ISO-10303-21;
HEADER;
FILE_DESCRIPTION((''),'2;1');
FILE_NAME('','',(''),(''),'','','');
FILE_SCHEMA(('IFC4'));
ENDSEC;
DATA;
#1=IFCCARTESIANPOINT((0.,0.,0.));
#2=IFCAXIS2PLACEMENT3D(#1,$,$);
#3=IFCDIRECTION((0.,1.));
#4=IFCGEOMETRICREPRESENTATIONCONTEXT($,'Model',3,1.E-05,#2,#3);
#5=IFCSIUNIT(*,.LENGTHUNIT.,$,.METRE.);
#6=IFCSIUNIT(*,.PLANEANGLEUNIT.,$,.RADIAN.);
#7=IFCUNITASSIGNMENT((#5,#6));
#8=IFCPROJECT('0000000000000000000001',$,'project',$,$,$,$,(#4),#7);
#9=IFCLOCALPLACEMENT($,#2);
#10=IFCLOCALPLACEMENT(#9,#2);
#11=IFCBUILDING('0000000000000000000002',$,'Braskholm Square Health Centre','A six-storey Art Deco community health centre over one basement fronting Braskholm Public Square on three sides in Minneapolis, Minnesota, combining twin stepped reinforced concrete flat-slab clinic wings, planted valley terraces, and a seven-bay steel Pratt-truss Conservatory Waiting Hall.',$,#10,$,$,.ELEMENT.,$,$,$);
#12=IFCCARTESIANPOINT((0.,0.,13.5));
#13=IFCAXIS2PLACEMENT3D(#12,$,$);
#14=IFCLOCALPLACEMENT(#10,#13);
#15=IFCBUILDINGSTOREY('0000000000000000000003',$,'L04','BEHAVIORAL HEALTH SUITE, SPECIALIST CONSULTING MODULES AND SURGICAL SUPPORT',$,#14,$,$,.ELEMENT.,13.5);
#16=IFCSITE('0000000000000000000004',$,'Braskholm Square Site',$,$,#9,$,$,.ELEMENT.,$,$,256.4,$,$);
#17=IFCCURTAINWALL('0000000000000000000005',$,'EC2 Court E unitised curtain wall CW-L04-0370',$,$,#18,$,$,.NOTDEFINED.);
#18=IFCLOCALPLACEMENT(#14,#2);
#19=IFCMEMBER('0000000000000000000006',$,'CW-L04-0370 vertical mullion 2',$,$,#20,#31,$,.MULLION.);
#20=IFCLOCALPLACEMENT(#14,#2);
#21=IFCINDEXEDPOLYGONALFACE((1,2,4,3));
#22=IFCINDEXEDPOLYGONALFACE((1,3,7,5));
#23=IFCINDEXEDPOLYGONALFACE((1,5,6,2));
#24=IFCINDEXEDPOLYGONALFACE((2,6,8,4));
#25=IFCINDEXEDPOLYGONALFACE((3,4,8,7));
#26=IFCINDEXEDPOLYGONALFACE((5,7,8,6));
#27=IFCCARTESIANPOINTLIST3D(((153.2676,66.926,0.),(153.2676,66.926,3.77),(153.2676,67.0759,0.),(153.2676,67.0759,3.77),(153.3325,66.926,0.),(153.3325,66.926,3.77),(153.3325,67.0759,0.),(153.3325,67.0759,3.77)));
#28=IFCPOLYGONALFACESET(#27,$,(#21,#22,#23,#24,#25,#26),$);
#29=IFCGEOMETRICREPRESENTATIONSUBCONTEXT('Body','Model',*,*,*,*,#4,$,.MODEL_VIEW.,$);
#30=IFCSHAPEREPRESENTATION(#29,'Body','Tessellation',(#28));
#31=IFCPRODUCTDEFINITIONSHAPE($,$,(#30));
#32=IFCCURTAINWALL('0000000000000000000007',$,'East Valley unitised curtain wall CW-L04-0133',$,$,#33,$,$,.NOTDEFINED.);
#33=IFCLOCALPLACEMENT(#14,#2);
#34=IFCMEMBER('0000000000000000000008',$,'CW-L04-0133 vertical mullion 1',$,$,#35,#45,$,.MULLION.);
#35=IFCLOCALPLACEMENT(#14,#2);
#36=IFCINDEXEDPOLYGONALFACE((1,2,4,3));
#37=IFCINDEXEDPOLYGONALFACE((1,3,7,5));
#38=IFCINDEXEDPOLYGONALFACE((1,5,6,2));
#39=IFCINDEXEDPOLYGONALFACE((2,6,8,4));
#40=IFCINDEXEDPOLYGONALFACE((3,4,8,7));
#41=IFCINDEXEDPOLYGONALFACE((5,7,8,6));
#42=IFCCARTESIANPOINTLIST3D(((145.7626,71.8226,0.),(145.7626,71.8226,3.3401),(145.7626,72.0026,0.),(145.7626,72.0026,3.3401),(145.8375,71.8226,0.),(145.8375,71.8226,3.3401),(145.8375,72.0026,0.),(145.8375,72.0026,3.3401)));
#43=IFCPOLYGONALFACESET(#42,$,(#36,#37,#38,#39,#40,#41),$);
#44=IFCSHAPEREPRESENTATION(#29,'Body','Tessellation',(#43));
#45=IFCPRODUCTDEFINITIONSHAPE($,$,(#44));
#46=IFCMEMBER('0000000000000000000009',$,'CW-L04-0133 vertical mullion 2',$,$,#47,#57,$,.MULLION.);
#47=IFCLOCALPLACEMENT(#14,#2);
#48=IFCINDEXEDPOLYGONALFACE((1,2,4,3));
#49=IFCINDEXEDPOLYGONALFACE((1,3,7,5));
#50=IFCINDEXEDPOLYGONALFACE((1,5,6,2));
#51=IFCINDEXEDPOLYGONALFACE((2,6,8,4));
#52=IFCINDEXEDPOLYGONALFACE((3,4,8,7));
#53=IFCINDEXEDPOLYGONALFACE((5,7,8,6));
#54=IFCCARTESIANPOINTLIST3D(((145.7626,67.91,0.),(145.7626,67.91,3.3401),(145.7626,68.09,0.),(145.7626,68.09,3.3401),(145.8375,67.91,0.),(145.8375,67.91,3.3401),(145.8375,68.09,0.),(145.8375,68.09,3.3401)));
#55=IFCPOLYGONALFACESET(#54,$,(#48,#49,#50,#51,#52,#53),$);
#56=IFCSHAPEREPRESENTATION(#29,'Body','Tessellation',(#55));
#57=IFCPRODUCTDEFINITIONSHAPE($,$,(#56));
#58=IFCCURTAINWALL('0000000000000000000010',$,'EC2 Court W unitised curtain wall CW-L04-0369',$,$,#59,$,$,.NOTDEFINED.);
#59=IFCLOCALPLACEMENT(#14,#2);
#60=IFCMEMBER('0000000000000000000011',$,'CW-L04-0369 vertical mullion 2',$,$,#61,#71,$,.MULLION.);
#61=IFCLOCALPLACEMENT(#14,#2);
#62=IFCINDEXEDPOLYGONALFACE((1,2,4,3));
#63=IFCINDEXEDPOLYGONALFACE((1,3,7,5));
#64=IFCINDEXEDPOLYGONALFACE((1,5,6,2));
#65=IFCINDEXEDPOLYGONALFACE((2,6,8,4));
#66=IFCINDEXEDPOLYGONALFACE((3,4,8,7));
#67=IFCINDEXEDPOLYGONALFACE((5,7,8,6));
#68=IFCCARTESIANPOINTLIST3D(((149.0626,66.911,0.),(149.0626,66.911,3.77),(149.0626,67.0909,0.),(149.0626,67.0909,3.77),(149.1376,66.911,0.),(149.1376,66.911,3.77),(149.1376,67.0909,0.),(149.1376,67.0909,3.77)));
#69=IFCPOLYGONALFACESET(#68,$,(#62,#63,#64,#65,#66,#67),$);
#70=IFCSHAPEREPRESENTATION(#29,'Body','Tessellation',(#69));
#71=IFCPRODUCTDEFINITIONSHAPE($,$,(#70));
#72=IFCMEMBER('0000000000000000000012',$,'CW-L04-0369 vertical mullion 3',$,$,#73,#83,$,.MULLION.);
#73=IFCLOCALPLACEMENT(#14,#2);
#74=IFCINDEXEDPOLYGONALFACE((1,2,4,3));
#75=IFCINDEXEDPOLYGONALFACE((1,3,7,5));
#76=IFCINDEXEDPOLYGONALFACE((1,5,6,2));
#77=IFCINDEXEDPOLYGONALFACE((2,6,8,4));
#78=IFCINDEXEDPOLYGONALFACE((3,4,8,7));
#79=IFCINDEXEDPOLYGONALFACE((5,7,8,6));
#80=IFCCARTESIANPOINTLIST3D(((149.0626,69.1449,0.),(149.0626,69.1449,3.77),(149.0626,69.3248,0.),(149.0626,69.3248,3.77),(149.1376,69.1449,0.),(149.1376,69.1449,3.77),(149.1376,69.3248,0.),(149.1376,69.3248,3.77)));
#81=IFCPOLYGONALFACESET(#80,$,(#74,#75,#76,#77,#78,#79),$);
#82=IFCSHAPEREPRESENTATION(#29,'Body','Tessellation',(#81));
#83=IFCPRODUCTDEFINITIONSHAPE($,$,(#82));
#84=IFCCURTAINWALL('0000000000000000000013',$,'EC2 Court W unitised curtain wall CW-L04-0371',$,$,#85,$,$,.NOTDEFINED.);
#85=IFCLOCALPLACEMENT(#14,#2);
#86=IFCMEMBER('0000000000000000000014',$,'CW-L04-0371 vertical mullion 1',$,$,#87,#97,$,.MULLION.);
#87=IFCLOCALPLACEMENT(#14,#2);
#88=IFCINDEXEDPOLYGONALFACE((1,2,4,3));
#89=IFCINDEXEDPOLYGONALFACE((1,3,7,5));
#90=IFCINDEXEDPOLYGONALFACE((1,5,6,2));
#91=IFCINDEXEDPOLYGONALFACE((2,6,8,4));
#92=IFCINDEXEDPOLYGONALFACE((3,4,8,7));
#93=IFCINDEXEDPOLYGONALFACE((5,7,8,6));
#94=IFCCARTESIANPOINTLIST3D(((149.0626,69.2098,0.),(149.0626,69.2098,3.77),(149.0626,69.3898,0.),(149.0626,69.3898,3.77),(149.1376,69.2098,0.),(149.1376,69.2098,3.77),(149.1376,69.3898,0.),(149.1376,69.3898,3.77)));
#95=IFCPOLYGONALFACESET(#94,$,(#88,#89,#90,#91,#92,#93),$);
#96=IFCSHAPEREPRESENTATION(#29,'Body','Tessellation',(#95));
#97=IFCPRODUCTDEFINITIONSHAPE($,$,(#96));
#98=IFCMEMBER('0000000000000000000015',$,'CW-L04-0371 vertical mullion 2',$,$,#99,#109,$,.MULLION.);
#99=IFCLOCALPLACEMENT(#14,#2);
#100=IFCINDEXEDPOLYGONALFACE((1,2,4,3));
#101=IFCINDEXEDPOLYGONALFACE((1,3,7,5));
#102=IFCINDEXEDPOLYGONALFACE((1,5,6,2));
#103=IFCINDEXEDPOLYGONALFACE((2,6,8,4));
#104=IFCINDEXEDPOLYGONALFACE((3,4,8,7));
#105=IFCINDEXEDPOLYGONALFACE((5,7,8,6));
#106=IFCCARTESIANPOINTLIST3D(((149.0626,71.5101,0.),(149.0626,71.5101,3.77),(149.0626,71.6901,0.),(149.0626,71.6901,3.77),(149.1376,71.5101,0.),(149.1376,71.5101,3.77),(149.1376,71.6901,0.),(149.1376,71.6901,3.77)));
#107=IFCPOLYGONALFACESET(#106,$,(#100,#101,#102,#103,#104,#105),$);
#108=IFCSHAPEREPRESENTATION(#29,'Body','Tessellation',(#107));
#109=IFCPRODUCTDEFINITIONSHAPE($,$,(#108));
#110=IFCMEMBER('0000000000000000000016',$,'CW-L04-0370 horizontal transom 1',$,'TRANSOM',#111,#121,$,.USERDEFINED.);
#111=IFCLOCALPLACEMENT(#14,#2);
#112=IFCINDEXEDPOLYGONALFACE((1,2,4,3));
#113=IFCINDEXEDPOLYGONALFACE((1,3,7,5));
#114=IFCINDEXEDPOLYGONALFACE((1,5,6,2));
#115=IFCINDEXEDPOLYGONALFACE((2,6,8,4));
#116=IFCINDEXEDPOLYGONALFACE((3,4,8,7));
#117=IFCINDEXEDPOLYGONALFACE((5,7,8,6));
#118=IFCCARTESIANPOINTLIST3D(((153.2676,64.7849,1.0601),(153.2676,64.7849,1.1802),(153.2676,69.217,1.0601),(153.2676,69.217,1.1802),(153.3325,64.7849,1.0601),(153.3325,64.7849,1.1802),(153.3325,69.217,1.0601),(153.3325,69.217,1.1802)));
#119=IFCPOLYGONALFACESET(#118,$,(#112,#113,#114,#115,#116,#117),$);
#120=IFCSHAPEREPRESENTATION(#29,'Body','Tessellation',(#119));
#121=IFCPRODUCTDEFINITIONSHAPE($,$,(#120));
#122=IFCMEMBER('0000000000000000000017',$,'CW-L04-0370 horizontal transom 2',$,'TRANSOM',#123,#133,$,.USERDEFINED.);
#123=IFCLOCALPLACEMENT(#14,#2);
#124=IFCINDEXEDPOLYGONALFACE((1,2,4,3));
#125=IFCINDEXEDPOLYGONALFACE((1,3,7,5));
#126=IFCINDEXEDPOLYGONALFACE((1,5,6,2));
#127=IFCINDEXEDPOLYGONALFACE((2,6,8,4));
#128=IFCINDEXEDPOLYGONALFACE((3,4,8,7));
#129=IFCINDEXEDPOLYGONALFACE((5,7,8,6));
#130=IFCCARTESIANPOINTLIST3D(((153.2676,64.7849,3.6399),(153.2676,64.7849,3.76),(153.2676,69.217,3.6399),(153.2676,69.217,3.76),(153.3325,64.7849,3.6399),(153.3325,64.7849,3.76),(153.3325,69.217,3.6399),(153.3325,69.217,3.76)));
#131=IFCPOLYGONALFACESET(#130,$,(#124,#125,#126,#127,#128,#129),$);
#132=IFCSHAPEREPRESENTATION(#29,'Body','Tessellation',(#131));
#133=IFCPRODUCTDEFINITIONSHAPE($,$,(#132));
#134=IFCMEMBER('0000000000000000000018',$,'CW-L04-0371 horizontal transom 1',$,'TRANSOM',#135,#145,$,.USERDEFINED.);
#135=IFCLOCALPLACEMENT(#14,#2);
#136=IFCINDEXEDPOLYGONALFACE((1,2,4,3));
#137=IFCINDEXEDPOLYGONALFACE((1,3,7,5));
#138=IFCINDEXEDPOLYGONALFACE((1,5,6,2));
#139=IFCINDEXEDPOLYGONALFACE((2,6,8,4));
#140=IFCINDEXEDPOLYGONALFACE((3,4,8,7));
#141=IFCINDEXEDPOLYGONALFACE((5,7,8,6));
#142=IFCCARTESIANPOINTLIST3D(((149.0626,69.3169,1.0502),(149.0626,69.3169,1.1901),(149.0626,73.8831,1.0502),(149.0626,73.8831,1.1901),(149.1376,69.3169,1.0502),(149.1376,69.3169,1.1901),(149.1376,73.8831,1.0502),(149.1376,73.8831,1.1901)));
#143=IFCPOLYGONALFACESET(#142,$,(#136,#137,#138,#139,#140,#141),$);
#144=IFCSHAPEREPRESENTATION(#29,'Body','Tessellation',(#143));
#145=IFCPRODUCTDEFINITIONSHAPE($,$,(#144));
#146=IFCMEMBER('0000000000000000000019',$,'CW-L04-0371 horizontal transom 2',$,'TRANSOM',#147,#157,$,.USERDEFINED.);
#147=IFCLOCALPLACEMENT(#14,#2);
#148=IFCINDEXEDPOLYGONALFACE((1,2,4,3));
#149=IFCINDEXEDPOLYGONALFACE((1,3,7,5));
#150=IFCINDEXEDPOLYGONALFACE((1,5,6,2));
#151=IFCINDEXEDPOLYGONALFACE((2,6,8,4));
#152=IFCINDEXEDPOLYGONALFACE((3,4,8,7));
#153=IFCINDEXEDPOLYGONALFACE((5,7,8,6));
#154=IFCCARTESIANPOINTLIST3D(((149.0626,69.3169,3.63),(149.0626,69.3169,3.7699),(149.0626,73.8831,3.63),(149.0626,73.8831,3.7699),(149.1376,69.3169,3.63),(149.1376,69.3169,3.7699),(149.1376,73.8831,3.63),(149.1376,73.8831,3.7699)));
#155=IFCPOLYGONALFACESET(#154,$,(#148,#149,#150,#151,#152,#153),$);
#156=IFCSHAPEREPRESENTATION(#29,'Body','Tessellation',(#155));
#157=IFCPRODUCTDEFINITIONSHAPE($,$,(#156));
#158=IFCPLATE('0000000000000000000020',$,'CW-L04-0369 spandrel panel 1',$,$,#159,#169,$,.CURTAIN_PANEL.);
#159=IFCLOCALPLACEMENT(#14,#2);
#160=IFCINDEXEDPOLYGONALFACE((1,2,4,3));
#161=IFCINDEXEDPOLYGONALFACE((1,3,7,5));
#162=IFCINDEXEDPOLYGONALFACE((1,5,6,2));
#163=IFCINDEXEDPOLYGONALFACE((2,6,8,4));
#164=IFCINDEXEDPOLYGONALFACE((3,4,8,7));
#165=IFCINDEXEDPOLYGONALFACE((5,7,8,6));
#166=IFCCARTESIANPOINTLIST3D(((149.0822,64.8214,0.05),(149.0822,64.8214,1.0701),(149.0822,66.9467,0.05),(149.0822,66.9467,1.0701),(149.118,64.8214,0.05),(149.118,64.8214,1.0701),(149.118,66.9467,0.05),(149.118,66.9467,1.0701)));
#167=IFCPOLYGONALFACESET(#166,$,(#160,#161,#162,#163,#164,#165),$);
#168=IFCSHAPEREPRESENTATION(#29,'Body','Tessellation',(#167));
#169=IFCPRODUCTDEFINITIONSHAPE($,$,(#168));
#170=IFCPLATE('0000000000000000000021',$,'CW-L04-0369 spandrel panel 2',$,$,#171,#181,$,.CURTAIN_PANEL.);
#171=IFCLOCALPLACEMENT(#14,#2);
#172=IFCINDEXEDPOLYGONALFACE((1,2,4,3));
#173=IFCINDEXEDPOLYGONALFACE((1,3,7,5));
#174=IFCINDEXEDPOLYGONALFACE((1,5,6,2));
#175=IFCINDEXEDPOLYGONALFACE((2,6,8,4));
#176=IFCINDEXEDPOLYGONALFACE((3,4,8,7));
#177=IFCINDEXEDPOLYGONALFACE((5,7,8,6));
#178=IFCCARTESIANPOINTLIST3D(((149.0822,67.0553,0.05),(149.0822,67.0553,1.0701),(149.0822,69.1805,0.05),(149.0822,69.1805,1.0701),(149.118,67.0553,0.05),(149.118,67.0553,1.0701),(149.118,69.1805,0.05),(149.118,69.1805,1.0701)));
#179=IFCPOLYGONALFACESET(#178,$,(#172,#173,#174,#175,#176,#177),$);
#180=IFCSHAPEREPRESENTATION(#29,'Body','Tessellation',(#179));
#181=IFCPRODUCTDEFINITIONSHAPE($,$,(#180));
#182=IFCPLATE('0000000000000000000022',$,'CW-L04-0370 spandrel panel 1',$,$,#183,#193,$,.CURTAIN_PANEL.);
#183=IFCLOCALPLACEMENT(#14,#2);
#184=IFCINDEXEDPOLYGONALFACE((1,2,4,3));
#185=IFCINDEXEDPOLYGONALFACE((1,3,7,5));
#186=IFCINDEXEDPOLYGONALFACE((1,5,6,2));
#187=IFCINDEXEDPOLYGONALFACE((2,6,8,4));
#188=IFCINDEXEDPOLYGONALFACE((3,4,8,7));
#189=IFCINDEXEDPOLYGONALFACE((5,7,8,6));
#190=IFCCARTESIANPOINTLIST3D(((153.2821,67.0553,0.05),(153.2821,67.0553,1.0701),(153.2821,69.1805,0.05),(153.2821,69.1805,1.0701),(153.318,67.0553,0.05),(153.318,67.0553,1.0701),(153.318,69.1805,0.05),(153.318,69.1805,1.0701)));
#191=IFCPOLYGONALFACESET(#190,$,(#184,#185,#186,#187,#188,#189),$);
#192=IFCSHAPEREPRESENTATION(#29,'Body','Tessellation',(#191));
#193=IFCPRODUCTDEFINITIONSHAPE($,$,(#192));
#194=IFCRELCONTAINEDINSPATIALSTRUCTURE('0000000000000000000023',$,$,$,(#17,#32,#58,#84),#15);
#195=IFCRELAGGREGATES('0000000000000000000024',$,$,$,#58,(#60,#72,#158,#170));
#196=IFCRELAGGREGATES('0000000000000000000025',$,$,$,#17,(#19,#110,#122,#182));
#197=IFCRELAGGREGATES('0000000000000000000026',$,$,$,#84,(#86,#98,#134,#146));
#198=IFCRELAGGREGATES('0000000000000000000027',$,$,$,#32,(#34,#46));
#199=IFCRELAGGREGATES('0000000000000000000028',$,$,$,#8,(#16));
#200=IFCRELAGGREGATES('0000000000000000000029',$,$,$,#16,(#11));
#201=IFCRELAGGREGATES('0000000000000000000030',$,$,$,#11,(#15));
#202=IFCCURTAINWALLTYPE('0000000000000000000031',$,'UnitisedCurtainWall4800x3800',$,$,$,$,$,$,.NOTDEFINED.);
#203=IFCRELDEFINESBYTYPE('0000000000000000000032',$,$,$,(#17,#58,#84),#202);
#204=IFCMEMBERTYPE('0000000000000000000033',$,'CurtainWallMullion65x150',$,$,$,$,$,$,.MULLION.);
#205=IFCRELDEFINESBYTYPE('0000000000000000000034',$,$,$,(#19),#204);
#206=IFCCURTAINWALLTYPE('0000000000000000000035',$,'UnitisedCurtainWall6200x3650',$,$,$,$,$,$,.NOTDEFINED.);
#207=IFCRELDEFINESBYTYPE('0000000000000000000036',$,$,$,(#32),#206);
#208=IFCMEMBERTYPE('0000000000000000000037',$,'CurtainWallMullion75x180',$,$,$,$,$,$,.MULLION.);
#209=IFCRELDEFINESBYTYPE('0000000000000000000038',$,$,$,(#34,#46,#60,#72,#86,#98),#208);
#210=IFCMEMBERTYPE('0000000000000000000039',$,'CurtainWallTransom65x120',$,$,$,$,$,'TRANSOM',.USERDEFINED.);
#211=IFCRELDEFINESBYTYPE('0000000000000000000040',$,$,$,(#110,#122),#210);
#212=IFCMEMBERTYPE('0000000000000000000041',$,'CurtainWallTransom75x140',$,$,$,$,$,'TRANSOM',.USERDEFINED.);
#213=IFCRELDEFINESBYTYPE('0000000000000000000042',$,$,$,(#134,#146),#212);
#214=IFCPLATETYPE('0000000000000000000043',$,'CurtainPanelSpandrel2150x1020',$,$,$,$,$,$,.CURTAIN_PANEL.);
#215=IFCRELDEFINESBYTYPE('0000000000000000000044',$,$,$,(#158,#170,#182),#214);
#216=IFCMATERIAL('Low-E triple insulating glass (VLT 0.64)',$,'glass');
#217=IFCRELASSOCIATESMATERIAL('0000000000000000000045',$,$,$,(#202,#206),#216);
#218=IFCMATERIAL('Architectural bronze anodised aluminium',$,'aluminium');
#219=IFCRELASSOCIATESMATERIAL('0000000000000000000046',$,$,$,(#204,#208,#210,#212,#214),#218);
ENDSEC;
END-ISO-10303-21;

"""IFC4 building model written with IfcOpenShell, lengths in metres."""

from ifc_helpers import new_model, si_unit, direction, frame, origin, origin_2d, place, context, subcontext, project, spatial, rectangle, extrude, material, material_profile, profile_set, type_object, element, aggregate, save


model = new_model("IFC4")

# Units and contexts
model_context = context("Model", 3, precision=1e-05, world=origin(), true_north=direction((0.0, 1.0)))
body_context = subcontext(model_context, "Body", "Model", "MODEL_VIEW")
ifc_project = project(units=[si_unit("LENGTHUNIT", "METRE"), si_unit("PLANEANGLEUNIT", "RADIAN")], contexts=[model_context])

# Site, building, storey
site_placement = place(None, origin())
site = spatial("IfcSite", under=ifc_project, at=site_placement, Name="Braskholm Square Site", CompositionType="ELEMENT", RefElevation=256.4)
building_placement = place(site_placement, origin())
building = spatial("IfcBuilding", under=site, at=building_placement, Name="Braskholm Square Health Centre", Description="A six-storey Art Deco community health centre over one basement fronting Braskholm Public Square on three sides in Minneapolis, Minnesota, combining twin stepped reinforced concrete flat-slab clinic wings, planted valley terraces, and a seven-bay steel Pratt-truss Conservatory Waiting Hall.", CompositionType="ELEMENT")
storey_placement = place(building_placement, frame((0.0, 0.0, 13.5)))
storey = spatial("IfcBuildingStorey", under=building, at=storey_placement, Name="L04", Description="BEHAVIORAL HEALTH SUITE, SPECIALIST CONSULTING MODULES AND SURGICAL SUPPORT", CompositionType="ELEMENT", Elevation=13.5)

# Curtain wall, member
ifc_material_1 = material(Name="Low-E triple insulating glass (VLT 0.64)", Category="glass")
curtain_wall_type_1 = type_object("IfcCurtainWallType", Name="UnitisedCurtainWall4800x3800", PredefinedType="NOTDEFINED", material=ifc_material_1)
curtain_wall_1_placement = place(storey_placement, origin())
curtain_wall_1 = element("IfcCurtainWall", 1, at=curtain_wall_1_placement, inside=storey, type_object=curtain_wall_type_1, Name="EC2 Court E unitised curtain wall CW-L04-0370", PredefinedType="NOTDEFINED")
ifc_material_2 = material(Name="Architectural bronze anodised aluminium", Category="aluminium")
ifc_material_profile_1 = material_profile(ifc_material_2, rectangle(XDim=0.0649, YDim=0.1499, at=origin_2d()), Name="ALU-65X150")
ifc_profile_set_1 = profile_set([ifc_material_profile_1], Name="Architectural bronze anodised aluminium")
member_type_1 = type_object("IfcMemberType", Name="CurtainWallMullion65x150", PredefinedType="MULLION", material=ifc_profile_set_1)
member_1_placement = place(storey_placement, frame((153.3, 67.001, 0.0), z_axis=(0.0, 0.0, 1.0), x_axis=(1.0, 0.0, 0.0)))
member_1 = element("IfcMember", 2, at=member_1_placement, type_object=member_type_1, Name="CW-L04-0370 vertical mullion 2", PredefinedType="MULLION", context=body_context, shape_type="SweptSolid", body=[
    extrude(rectangle(XDim=0.0649, YDim=0.1499, at=origin_2d()), origin(), (0.0, 0.0, 1.0), 3.77),
])

# Curtain walls, members
curtain_wall_type_2 = type_object("IfcCurtainWallType", Name="UnitisedCurtainWall6200x3650", PredefinedType="NOTDEFINED", material=ifc_material_1)
curtain_wall_2_placement = place(storey_placement, origin())
curtain_wall_2 = element("IfcCurtainWall", 3, at=curtain_wall_2_placement, inside=storey, type_object=curtain_wall_type_2, Name="East Valley unitised curtain wall CW-L04-0133", PredefinedType="NOTDEFINED")
ifc_material_profile_2 = material_profile(ifc_material_2, rectangle(XDim=0.075, YDim=0.1799, at=origin_2d()), Name="ALU-75X180")
ifc_profile_set_2 = profile_set([ifc_material_profile_2], Name="Architectural bronze anodised aluminium")
member_type_2 = type_object("IfcMemberType", Name="CurtainWallMullion75x180", PredefinedType="MULLION", material=ifc_profile_set_2)
member_2_placement = place(storey_placement, frame((145.8, 71.9126, 0.0), z_axis=(0.0, 0.0, 1.0), x_axis=(1.0, 0.0, 0.0)))
member_2 = element("IfcMember", 4, at=member_2_placement, type_object=member_type_2, Name="CW-L04-0133 vertical mullion 1", PredefinedType="MULLION", context=body_context, shape_type="SweptSolid", body=[
    extrude(rectangle(XDim=0.075, YDim=0.1799, at=origin_2d()), origin(), (0.0, 0.0, 1.0), 3.3401),
])
member_3_placement = place(storey_placement, frame((145.8, 68.0, 0.0), z_axis=(0.0, 0.0, 1.0), x_axis=(1.0, 0.0, 0.0)))
member_3 = element("IfcMember", 5, at=member_3_placement, type_object=member_type_2, Name="CW-L04-0133 vertical mullion 2", PredefinedType="MULLION", context=body_context, shape_type="SweptSolid", body=[
    extrude(rectangle(XDim=0.075, YDim=0.1799, at=origin_2d()), origin(), (0.0, 0.0, 1.0), 3.3401),
])
curtain_wall_3_placement = place(storey_placement, origin())
curtain_wall_3 = element("IfcCurtainWall", 6, at=curtain_wall_3_placement, inside=storey, type_object=curtain_wall_type_1, Name="EC2 Court W unitised curtain wall CW-L04-0369", PredefinedType="NOTDEFINED")
member_4_placement = place(storey_placement, frame((149.1001, 67.001, 0.0), z_axis=(0.0, 0.0, 1.0), x_axis=(1.0, 0.0, 0.0)))
member_4 = element("IfcMember", 7, at=member_4_placement, type_object=member_type_2, Name="CW-L04-0369 vertical mullion 2", PredefinedType="MULLION", context=body_context, shape_type="SweptSolid", body=[
    extrude(rectangle(XDim=0.075, YDim=0.1799, at=origin_2d()), origin(), (0.0, 0.0, 1.0), 3.77),
])
member_5_placement = place(storey_placement, frame((149.1001, 69.2349, 0.0), z_axis=(0.0, 0.0, 1.0), x_axis=(1.0, 0.0, 0.0)))
member_5 = element("IfcMember", 8, at=member_5_placement, type_object=member_type_2, Name="CW-L04-0369 vertical mullion 3", PredefinedType="MULLION", context=body_context, shape_type="SweptSolid", body=[
    extrude(rectangle(XDim=0.075, YDim=0.1799, at=origin_2d()), origin(), (0.0, 0.0, 1.0), 3.77),
])
curtain_wall_4_placement = place(storey_placement, origin())
curtain_wall_4 = element("IfcCurtainWall", 9, at=curtain_wall_4_placement, inside=storey, type_object=curtain_wall_type_1, Name="EC2 Court W unitised curtain wall CW-L04-0371", PredefinedType="NOTDEFINED")
member_6_placement = place(storey_placement, frame((149.1001, 69.2998, 0.0), z_axis=(0.0, 0.0, 1.0), x_axis=(1.0, 0.0, 0.0)))
member_6 = element("IfcMember", 10, at=member_6_placement, type_object=member_type_2, Name="CW-L04-0371 vertical mullion 1", PredefinedType="MULLION", context=body_context, shape_type="SweptSolid", body=[
    extrude(rectangle(XDim=0.075, YDim=0.1799, at=origin_2d()), origin(), (0.0, 0.0, 1.0), 3.77),
])
member_7_placement = place(storey_placement, frame((149.1001, 71.6001, 0.0), z_axis=(0.0, 0.0, 1.0), x_axis=(1.0, 0.0, 0.0)))
member_7 = element("IfcMember", 11, at=member_7_placement, type_object=member_type_2, Name="CW-L04-0371 vertical mullion 2", PredefinedType="MULLION", context=body_context, shape_type="SweptSolid", body=[
    extrude(rectangle(XDim=0.075, YDim=0.1799, at=origin_2d()), origin(), (0.0, 0.0, 1.0), 3.77),
])

# Members
ifc_material_profile_3 = material_profile(ifc_material_2, rectangle(XDim=0.0649, YDim=0.1201, at=origin_2d()), Name="ALU-65X120")
ifc_profile_set_3 = profile_set([ifc_material_profile_3], Name="Architectural bronze anodised aluminium")
member_type_3 = type_object("IfcMemberType", Name="CurtainWallTransom65x120", ElementType="TRANSOM", PredefinedType="USERDEFINED", material=ifc_profile_set_3)
member_8_placement = place(storey_placement, frame((153.3, 69.217, 1.1201), z_axis=(0.0, -1.0, 0.0), x_axis=(1.0, 0.0, 0.0)))
member_8 = element("IfcMember", 12, at=member_8_placement, type_object=member_type_3, Name="CW-L04-0370 horizontal transom 1", ObjectType="TRANSOM", PredefinedType="USERDEFINED", context=body_context, shape_type="SweptSolid", body=[
    extrude(rectangle(XDim=0.0649, YDim=0.1201, at=origin_2d()), origin(), (0.0, 0.0, 1.0), 4.4321),
])
member_9_placement = place(storey_placement, frame((153.3, 69.217, 3.7), z_axis=(0.0, -1.0, 0.0), x_axis=(1.0, 0.0, 0.0)))
member_9 = element("IfcMember", 13, at=member_9_placement, type_object=member_type_3, Name="CW-L04-0370 horizontal transom 2", ObjectType="TRANSOM", PredefinedType="USERDEFINED", context=body_context, shape_type="SweptSolid", body=[
    extrude(rectangle(XDim=0.0649, YDim=0.1201, at=origin_2d()), origin(), (0.0, 0.0, 1.0), 4.4321),
])
ifc_material_profile_4 = material_profile(ifc_material_2, rectangle(XDim=0.075, YDim=0.1399, at=origin_2d()), Name="ALU-75X140")
ifc_profile_set_4 = profile_set([ifc_material_profile_4], Name="Architectural bronze anodised aluminium")
member_type_4 = type_object("IfcMemberType", Name="CurtainWallTransom75x140", ElementType="TRANSOM", PredefinedType="USERDEFINED", material=ifc_profile_set_4)
member_10_placement = place(storey_placement, frame((149.1001, 69.3169, 1.1201), z_axis=(0.0, 1.0, 0.0), x_axis=(-1.0, 0.0, 0.0)))
member_10 = element("IfcMember", 14, at=member_10_placement, type_object=member_type_4, Name="CW-L04-0371 horizontal transom 1", ObjectType="TRANSOM", PredefinedType="USERDEFINED", context=body_context, shape_type="SweptSolid", body=[
    extrude(rectangle(XDim=0.075, YDim=0.1399, at=origin_2d()), origin(), (0.0, 0.0, 1.0), 4.5662),
])
member_11_placement = place(storey_placement, frame((149.1001, 69.3169, 3.7), z_axis=(0.0, 1.0, 0.0), x_axis=(-1.0, 0.0, 0.0)))
member_11 = element("IfcMember", 15, at=member_11_placement, type_object=member_type_4, Name="CW-L04-0371 horizontal transom 2", ObjectType="TRANSOM", PredefinedType="USERDEFINED", context=body_context, shape_type="SweptSolid", body=[
    extrude(rectangle(XDim=0.075, YDim=0.1399, at=origin_2d()), origin(), (0.0, 0.0, 1.0), 4.5662),
])

# Plates
plate_type_1 = type_object("IfcPlateType", Name="CurtainPanelSpandrel2150x1020", PredefinedType="CURTAIN_PANEL", material=ifc_material_2)
plate_1_placement = place(storey_placement, frame((149.1001, 65.884, 0.05), z_axis=(0.0, 0.0, 1.0), x_axis=(0.0, 1.0, 0.0)))
plate_1 = element("IfcPlate", 16, at=plate_1_placement, type_object=plate_type_1, Name="CW-L04-0369 spandrel panel 1", PredefinedType="CURTAIN_PANEL", context=body_context, shape_type="SweptSolid", body=[
    extrude(rectangle(XDim=2.1252, YDim=0.0359, at=origin_2d()), origin(), (0.0, 0.0, 1.0), 1.02),
])
plate_2_placement = place(storey_placement, frame((149.1001, 68.1179, 0.05), z_axis=(0.0, 0.0, 1.0), x_axis=(0.0, 1.0, 0.0)))
plate_2 = element("IfcPlate", 17, at=plate_2_placement, type_object=plate_type_1, Name="CW-L04-0369 spandrel panel 2", PredefinedType="CURTAIN_PANEL", context=body_context, shape_type="SweptSolid", body=[
    extrude(rectangle(XDim=2.1252, YDim=0.0359, at=origin_2d()), origin(), (0.0, 0.0, 1.0), 1.02),
])
plate_3_placement = place(storey_placement, frame((153.3, 68.1179, 0.05), z_axis=(0.0, 0.0, 1.0), x_axis=(0.0, -1.0, 0.0)))
plate_3 = element("IfcPlate", 18, at=plate_3_placement, type_object=plate_type_1, Name="CW-L04-0370 spandrel panel 1", PredefinedType="CURTAIN_PANEL", context=body_context, shape_type="SweptSolid", body=[
    extrude(rectangle(XDim=2.1252, YDim=0.0359, at=origin_2d()), origin(), (0.0, 0.0, 1.0), 1.02),
])
aggregate(curtain_wall_3, [member_4, member_5, plate_1, plate_2])
aggregate(curtain_wall_1, [member_1, member_8, member_9, plate_3])
aggregate(curtain_wall_4, [member_6, member_7, member_10, member_11])
aggregate(curtain_wall_2, [member_2, member_3])

save(model, "model.ifc")
